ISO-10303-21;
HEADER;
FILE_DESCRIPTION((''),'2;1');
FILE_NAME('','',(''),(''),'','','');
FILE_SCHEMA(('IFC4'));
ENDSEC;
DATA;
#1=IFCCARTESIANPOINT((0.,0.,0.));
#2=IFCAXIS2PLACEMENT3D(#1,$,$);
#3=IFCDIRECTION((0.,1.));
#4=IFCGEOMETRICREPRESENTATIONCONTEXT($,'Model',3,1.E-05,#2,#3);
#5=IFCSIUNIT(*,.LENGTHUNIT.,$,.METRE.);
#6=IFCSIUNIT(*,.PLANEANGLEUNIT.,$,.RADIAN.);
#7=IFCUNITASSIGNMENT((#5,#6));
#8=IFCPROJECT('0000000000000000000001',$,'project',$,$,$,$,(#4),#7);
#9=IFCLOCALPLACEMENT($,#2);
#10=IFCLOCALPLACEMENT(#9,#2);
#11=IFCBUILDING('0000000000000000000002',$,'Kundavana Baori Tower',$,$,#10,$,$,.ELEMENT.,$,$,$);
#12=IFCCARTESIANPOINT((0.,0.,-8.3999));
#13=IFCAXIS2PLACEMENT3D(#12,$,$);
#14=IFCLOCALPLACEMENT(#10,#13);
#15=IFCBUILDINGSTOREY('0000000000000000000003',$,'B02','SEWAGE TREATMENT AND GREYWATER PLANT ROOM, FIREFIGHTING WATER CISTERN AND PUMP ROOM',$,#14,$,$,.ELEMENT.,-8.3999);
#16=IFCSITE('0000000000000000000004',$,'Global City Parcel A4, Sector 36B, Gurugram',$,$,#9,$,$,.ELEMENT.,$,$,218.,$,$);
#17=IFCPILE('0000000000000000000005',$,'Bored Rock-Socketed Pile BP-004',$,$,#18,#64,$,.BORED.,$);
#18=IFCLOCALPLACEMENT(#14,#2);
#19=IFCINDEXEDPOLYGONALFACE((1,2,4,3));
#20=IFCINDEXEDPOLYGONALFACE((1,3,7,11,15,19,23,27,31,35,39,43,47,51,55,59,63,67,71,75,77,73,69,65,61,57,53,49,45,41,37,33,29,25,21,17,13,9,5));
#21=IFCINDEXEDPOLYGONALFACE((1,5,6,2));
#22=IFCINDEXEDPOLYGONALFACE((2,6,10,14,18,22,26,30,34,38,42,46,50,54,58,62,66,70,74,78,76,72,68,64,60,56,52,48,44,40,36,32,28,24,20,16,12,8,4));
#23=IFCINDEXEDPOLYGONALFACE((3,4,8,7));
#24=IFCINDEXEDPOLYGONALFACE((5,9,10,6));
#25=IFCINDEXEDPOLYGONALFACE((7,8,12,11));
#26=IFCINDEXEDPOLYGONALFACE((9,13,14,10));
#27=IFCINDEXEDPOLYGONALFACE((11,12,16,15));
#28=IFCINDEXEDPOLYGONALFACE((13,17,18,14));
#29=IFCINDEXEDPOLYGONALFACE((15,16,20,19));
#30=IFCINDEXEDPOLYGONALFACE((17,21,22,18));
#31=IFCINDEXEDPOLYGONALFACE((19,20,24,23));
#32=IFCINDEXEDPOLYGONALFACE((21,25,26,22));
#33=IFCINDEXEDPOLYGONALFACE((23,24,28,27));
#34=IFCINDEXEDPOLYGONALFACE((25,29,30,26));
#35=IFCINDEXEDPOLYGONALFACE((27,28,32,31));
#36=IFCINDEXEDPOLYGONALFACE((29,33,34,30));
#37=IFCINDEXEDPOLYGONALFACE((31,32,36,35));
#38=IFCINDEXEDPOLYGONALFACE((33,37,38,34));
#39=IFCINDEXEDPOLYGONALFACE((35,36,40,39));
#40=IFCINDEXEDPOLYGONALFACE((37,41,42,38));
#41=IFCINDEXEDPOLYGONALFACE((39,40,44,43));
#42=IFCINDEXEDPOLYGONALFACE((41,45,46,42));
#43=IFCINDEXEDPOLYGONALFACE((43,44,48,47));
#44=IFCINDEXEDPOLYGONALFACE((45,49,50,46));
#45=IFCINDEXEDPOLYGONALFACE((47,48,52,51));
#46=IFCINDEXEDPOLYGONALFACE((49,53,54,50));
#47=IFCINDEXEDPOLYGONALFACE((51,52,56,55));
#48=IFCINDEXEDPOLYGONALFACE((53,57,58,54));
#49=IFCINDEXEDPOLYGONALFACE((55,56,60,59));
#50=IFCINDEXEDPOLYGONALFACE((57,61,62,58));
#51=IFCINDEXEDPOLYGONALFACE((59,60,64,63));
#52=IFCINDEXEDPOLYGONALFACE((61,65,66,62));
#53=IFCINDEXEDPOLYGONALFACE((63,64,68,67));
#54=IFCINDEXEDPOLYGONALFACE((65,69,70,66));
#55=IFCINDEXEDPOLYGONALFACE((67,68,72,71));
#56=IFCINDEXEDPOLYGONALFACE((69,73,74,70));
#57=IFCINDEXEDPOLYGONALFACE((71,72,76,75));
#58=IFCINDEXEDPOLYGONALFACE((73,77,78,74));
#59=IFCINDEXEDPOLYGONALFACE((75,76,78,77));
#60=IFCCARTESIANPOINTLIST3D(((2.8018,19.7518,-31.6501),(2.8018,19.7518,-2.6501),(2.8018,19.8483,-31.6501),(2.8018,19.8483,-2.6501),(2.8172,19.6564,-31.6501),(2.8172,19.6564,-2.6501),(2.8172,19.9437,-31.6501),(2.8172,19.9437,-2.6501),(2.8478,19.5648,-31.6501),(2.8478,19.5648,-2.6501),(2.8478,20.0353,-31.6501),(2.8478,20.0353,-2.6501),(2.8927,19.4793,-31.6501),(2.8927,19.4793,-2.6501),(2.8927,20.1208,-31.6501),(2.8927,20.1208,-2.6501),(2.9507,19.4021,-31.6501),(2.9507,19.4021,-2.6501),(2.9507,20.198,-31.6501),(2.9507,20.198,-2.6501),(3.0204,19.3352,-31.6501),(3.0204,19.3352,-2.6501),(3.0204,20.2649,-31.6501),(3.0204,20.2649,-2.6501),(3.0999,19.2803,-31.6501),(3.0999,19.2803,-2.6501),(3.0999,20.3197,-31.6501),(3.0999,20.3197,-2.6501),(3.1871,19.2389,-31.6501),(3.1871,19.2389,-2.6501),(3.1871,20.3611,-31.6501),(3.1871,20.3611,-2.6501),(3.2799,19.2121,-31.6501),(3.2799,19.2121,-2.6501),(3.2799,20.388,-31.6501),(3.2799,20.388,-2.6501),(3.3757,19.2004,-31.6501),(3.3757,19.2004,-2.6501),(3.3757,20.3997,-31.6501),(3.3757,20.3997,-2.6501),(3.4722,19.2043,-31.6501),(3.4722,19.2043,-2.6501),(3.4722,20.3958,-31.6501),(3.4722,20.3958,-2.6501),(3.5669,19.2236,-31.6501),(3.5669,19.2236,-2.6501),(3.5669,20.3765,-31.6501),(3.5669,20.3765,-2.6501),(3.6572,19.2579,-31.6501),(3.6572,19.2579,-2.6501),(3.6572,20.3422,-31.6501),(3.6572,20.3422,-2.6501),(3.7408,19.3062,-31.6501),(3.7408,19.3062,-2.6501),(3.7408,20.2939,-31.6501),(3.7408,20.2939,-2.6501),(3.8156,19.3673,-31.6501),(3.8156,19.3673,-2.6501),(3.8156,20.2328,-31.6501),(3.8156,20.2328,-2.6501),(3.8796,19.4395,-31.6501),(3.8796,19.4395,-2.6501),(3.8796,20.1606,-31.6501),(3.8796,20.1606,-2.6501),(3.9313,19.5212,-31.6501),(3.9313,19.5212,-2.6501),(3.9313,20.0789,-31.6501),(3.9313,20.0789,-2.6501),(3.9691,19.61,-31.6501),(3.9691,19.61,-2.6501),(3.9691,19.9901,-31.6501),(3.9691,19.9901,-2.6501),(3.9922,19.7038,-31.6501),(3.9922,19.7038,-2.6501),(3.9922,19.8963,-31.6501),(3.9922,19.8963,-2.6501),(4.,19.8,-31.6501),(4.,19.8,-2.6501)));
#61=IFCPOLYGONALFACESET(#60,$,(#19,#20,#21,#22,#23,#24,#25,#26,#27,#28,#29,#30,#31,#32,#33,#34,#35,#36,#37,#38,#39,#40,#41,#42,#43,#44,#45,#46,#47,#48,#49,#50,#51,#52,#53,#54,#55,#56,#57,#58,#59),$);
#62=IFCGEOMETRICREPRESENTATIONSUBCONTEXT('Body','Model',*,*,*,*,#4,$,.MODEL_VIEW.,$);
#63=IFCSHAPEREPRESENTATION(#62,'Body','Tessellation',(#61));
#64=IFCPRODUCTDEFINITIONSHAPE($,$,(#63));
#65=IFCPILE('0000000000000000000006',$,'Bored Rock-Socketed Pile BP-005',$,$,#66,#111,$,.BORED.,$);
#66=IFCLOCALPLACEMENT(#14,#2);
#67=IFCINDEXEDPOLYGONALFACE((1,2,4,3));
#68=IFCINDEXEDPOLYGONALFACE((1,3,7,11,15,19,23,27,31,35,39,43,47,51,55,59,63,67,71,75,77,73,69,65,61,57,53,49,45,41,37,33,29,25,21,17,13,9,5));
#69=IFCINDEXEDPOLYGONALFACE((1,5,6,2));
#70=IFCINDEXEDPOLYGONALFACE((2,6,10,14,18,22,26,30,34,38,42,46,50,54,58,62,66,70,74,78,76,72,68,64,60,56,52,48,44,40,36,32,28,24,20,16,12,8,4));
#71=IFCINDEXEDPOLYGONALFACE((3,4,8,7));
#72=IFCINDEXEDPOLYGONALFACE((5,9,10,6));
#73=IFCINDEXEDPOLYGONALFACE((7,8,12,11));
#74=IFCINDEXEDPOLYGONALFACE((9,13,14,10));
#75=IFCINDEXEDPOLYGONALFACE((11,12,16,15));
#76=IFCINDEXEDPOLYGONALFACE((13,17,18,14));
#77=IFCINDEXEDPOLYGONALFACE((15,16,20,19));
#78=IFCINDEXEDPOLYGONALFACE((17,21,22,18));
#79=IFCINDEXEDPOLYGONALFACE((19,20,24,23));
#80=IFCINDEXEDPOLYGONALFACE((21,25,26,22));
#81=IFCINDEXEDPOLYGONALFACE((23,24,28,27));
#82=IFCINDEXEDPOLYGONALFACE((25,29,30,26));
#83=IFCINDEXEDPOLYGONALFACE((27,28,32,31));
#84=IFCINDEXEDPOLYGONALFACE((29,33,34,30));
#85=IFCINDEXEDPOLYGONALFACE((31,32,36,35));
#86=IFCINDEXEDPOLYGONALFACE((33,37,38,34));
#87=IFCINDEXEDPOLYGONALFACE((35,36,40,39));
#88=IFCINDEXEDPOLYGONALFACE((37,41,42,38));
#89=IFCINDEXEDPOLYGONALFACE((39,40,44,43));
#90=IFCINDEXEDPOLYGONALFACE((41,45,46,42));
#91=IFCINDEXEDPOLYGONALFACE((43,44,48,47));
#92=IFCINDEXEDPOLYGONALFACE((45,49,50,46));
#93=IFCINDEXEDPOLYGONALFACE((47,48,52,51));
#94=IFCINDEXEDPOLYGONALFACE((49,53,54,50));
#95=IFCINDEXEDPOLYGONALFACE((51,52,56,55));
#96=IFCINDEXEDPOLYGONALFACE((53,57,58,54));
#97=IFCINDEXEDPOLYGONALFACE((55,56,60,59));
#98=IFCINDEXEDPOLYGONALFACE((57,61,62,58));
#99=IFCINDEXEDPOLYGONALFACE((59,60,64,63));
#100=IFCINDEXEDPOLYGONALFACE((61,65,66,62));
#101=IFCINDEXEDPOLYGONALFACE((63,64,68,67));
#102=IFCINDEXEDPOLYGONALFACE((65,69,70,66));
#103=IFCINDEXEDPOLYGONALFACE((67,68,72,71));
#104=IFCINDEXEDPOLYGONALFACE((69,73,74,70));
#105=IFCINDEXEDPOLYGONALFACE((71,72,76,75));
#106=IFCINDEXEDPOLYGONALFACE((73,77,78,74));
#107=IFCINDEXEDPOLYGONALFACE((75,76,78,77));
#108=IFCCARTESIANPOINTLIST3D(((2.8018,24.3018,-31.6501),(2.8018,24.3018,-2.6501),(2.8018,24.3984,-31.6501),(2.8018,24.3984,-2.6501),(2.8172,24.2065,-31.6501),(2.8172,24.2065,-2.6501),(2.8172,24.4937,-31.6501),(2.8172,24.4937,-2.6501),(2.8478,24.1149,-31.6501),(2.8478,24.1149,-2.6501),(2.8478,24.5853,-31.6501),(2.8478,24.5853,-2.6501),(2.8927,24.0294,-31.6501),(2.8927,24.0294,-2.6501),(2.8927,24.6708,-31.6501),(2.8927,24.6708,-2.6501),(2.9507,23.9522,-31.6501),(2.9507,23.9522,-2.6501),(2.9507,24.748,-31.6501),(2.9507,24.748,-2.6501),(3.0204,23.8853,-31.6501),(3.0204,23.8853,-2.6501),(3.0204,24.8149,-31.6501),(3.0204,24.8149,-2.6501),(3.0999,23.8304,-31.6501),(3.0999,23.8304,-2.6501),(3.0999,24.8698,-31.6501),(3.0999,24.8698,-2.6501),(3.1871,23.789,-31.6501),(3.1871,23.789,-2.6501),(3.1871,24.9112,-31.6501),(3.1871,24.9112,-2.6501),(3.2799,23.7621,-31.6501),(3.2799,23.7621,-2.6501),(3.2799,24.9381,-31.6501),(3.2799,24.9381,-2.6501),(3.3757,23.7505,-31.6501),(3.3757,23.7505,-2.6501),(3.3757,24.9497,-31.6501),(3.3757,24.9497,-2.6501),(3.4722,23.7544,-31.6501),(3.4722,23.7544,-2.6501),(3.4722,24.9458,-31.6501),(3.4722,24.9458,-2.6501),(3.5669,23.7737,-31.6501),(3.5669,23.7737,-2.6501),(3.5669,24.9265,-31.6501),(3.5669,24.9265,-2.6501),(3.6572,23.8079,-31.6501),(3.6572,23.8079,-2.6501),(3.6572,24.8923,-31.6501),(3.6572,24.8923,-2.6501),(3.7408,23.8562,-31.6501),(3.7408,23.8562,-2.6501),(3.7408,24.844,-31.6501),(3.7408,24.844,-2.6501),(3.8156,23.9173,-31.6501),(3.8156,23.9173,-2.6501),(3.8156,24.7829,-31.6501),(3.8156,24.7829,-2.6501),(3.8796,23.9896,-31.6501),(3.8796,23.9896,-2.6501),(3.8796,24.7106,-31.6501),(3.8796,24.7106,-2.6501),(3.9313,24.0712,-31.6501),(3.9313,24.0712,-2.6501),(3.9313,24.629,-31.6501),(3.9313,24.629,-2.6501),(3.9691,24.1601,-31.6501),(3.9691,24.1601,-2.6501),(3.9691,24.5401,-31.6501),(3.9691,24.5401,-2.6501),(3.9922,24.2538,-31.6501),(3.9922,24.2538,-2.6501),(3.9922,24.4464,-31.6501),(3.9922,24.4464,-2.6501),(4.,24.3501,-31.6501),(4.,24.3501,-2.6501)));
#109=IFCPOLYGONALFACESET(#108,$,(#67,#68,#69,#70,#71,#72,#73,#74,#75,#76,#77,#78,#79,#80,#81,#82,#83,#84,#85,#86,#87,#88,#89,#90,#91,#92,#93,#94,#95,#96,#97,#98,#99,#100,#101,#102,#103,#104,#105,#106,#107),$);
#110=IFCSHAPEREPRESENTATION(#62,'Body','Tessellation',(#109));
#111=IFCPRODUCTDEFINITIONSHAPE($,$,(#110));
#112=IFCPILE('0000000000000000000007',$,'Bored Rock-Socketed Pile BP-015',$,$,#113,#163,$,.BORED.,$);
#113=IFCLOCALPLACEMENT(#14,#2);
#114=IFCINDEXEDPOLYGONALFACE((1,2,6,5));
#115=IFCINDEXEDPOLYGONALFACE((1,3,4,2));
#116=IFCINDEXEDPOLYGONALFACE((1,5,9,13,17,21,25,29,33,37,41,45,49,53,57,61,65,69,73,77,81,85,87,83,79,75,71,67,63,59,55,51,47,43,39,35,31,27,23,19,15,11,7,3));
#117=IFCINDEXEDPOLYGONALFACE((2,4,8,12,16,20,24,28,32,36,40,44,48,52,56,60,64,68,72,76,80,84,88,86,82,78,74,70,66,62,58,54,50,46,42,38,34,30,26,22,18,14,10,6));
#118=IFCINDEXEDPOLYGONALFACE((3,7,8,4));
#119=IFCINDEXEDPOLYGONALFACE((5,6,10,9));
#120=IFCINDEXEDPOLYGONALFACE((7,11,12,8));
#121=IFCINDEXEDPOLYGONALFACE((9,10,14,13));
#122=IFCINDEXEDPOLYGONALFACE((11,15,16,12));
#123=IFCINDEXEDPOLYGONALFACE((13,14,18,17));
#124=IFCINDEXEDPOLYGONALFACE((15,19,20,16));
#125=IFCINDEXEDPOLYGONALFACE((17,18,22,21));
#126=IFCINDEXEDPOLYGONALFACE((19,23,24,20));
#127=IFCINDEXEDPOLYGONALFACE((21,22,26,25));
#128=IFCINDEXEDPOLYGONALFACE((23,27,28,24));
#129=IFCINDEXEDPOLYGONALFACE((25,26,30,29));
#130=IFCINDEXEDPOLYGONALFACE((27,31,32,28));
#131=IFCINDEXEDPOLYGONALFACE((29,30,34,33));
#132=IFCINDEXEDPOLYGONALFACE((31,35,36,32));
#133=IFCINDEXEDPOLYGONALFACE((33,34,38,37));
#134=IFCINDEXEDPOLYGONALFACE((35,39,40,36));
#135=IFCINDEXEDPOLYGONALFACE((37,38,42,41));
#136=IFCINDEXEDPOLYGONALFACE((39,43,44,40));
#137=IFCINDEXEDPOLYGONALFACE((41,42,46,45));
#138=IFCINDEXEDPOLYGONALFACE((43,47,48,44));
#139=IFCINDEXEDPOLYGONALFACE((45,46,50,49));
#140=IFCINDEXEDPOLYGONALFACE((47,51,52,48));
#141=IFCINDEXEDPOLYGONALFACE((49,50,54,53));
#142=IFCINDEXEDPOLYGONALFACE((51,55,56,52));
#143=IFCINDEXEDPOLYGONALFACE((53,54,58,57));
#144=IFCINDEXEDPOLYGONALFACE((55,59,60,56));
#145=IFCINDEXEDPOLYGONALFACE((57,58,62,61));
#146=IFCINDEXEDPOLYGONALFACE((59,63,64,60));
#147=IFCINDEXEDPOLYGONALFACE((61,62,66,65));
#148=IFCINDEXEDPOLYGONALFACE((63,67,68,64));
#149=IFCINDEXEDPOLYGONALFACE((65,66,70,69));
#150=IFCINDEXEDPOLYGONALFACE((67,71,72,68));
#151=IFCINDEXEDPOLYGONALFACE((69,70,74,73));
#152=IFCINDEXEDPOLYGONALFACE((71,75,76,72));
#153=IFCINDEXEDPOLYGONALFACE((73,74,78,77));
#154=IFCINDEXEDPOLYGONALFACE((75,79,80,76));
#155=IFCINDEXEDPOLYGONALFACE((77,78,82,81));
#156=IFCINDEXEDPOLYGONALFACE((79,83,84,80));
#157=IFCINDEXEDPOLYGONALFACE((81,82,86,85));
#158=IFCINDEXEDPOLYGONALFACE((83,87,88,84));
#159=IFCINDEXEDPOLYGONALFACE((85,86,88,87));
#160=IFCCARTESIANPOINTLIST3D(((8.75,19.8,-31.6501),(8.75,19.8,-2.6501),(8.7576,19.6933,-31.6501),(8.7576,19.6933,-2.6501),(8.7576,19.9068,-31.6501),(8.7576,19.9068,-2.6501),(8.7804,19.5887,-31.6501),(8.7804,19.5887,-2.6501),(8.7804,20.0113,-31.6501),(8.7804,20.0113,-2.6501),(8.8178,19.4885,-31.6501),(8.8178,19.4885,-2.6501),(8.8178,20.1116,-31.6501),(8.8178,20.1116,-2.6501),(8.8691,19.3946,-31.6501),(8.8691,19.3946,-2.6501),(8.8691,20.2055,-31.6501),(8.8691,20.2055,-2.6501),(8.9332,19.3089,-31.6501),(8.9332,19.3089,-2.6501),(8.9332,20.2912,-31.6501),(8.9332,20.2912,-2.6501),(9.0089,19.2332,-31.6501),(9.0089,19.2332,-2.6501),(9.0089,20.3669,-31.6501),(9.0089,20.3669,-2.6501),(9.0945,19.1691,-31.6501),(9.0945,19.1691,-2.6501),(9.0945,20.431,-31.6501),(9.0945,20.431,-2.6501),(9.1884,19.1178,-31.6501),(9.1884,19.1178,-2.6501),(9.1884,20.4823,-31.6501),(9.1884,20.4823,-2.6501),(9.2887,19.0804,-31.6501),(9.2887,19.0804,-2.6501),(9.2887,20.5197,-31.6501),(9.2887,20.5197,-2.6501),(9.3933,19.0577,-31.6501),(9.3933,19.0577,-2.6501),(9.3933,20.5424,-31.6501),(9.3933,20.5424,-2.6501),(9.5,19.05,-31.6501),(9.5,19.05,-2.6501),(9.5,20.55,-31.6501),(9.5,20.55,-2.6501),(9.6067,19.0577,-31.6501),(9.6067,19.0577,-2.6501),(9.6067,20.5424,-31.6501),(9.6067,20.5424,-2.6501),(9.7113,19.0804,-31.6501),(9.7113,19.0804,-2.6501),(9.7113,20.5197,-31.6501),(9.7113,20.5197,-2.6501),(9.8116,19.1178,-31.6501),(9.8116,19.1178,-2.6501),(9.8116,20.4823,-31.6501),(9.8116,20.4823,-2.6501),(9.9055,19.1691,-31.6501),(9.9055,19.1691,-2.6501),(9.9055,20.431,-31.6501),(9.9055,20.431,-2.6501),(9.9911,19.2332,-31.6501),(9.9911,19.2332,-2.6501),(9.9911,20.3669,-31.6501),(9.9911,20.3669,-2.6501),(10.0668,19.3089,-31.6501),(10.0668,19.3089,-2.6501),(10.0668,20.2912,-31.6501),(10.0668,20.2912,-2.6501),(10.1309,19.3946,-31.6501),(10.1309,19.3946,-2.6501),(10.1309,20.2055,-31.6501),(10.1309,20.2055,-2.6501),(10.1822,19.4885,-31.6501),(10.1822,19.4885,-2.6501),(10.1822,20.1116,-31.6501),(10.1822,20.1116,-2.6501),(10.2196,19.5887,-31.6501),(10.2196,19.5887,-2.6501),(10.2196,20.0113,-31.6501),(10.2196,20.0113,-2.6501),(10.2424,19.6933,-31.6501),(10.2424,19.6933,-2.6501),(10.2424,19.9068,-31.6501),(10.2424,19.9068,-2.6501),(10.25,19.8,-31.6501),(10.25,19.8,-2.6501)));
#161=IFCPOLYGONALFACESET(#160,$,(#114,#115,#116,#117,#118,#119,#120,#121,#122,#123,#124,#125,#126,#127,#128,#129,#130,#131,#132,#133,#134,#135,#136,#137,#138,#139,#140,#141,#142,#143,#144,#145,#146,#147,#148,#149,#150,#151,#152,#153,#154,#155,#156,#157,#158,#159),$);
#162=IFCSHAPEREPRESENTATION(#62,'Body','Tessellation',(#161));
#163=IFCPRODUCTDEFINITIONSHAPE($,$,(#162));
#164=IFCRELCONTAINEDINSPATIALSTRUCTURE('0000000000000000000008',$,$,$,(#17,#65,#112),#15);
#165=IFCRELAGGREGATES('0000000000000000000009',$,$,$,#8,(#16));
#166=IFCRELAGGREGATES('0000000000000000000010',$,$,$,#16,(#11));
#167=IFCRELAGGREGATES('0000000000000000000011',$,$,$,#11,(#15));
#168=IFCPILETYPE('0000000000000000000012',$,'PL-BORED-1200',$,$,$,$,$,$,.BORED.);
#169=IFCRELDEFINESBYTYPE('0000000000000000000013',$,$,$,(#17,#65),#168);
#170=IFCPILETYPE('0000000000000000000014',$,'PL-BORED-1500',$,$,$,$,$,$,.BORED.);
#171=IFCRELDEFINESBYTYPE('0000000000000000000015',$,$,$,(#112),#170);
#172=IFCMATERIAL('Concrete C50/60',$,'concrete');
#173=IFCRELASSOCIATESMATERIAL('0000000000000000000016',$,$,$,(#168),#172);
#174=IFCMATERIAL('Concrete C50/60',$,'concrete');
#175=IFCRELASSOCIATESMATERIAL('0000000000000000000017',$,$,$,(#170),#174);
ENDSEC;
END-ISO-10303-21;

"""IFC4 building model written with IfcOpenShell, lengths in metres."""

from ifc_helpers import new_model, si_unit, direction, frame, origin, origin_2d, place, context, subcontext, project, spatial, circle, extrude, material, material_profile, profile_set, type_object, element, save


model = new_model("IFC4")

# Units and contexts
model_context = context("Model", 3, precision=1e-05, world=origin(), true_north=direction((0.0, 1.0)))
body_context = subcontext(model_context, "Body", "Model", "MODEL_VIEW")
ifc_project = project(units=[si_unit("LENGTHUNIT", "METRE"), si_unit("PLANEANGLEUNIT", "RADIAN")], contexts=[model_context])

# Site, building, storey
site_placement = place(None, origin())
site = spatial("IfcSite", under=ifc_project, at=site_placement, Name="Global City Parcel A4, Sector 36B, Gurugram", CompositionType="ELEMENT", RefElevation=218.0)
building_placement = place(site_placement, origin())
building = spatial("IfcBuilding", under=site, at=building_placement, Name="Kundavana Baori Tower", CompositionType="ELEMENT")
storey_placement = place(building_placement, frame((0.0, 0.0, -8.3999)))
storey = spatial("IfcBuildingStorey", under=building, at=storey_placement, Name="B02", Description="SEWAGE TREATMENT AND GREYWATER PLANT ROOM, FIREFIGHTING WATER CISTERN AND PUMP ROOM", CompositionType="ELEMENT", Elevation=-8.3999)

# Piles
ifc_material_1 = material(Name="Concrete C50/60", Category="concrete")
ifc_material_profile_1 = material_profile(ifc_material_1, circle(Radius=0.6001, at=origin_2d()), Name="BORED PILE D1200")
ifc_profile_set_1 = profile_set([ifc_material_profile_1], Name="Concrete C50/60")
pile_type_1 = type_object("IfcPileType", Name="PL-BORED-1200", PredefinedType="BORED", material=ifc_profile_set_1)
for number, where, z_axis, x_axis, name in (
    (1, (3.3999, 19.8, -2.6501), (0.0, 0.0, -1.0), (1.0, 0.0, 0.0), "Bored Rock-Socketed Pile BP-004"),
    (2, (3.3999, 24.3501, -2.6501), (0.0, 0.0, -1.0), (1.0, 0.0, 0.0), "Bored Rock-Socketed Pile BP-005"),
):
    element("IfcPile", number, at=place(storey_placement, frame(where, z_axis=z_axis, x_axis=x_axis)), inside=storey, type_object=pile_type_1, Name=name, PredefinedType="BORED", context=body_context, shape_type="SweptSolid", body=[
        extrude(circle(Radius=0.6001, at=origin_2d()), origin(), (0.0, 0.0, 1.0), 29.0),
    ])
ifc_material_2 = material(Name="Concrete C50/60", Category="concrete")
ifc_material_profile_2 = material_profile(ifc_material_2, circle(Radius=0.75, at=origin_2d()), Name="BORED PILE D1500")
ifc_profile_set_2 = profile_set([ifc_material_profile_2], Name="Concrete C50/60")
pile_type_2 = type_object("IfcPileType", Name="PL-BORED-1500", PredefinedType="BORED", material=ifc_profile_set_2)
for number, where, z_axis, x_axis, name in (
    (3, (9.5, 19.8, -2.6501), (0.0, 0.0, -1.0), (1.0, 0.0, 0.0), "Bored Rock-Socketed Pile BP-015"),
):
    element("IfcPile", number, at=place(storey_placement, frame(where, z_axis=z_axis, x_axis=x_axis)), inside=storey, type_object=pile_type_2, Name=name, PredefinedType="BORED", context=body_context, shape_type="SweptSolid", body=[
        extrude(circle(Radius=0.75, at=origin_2d()), origin(), (0.0, 0.0, 1.0), 29.0),
    ])

save(model, "model.ifc")
